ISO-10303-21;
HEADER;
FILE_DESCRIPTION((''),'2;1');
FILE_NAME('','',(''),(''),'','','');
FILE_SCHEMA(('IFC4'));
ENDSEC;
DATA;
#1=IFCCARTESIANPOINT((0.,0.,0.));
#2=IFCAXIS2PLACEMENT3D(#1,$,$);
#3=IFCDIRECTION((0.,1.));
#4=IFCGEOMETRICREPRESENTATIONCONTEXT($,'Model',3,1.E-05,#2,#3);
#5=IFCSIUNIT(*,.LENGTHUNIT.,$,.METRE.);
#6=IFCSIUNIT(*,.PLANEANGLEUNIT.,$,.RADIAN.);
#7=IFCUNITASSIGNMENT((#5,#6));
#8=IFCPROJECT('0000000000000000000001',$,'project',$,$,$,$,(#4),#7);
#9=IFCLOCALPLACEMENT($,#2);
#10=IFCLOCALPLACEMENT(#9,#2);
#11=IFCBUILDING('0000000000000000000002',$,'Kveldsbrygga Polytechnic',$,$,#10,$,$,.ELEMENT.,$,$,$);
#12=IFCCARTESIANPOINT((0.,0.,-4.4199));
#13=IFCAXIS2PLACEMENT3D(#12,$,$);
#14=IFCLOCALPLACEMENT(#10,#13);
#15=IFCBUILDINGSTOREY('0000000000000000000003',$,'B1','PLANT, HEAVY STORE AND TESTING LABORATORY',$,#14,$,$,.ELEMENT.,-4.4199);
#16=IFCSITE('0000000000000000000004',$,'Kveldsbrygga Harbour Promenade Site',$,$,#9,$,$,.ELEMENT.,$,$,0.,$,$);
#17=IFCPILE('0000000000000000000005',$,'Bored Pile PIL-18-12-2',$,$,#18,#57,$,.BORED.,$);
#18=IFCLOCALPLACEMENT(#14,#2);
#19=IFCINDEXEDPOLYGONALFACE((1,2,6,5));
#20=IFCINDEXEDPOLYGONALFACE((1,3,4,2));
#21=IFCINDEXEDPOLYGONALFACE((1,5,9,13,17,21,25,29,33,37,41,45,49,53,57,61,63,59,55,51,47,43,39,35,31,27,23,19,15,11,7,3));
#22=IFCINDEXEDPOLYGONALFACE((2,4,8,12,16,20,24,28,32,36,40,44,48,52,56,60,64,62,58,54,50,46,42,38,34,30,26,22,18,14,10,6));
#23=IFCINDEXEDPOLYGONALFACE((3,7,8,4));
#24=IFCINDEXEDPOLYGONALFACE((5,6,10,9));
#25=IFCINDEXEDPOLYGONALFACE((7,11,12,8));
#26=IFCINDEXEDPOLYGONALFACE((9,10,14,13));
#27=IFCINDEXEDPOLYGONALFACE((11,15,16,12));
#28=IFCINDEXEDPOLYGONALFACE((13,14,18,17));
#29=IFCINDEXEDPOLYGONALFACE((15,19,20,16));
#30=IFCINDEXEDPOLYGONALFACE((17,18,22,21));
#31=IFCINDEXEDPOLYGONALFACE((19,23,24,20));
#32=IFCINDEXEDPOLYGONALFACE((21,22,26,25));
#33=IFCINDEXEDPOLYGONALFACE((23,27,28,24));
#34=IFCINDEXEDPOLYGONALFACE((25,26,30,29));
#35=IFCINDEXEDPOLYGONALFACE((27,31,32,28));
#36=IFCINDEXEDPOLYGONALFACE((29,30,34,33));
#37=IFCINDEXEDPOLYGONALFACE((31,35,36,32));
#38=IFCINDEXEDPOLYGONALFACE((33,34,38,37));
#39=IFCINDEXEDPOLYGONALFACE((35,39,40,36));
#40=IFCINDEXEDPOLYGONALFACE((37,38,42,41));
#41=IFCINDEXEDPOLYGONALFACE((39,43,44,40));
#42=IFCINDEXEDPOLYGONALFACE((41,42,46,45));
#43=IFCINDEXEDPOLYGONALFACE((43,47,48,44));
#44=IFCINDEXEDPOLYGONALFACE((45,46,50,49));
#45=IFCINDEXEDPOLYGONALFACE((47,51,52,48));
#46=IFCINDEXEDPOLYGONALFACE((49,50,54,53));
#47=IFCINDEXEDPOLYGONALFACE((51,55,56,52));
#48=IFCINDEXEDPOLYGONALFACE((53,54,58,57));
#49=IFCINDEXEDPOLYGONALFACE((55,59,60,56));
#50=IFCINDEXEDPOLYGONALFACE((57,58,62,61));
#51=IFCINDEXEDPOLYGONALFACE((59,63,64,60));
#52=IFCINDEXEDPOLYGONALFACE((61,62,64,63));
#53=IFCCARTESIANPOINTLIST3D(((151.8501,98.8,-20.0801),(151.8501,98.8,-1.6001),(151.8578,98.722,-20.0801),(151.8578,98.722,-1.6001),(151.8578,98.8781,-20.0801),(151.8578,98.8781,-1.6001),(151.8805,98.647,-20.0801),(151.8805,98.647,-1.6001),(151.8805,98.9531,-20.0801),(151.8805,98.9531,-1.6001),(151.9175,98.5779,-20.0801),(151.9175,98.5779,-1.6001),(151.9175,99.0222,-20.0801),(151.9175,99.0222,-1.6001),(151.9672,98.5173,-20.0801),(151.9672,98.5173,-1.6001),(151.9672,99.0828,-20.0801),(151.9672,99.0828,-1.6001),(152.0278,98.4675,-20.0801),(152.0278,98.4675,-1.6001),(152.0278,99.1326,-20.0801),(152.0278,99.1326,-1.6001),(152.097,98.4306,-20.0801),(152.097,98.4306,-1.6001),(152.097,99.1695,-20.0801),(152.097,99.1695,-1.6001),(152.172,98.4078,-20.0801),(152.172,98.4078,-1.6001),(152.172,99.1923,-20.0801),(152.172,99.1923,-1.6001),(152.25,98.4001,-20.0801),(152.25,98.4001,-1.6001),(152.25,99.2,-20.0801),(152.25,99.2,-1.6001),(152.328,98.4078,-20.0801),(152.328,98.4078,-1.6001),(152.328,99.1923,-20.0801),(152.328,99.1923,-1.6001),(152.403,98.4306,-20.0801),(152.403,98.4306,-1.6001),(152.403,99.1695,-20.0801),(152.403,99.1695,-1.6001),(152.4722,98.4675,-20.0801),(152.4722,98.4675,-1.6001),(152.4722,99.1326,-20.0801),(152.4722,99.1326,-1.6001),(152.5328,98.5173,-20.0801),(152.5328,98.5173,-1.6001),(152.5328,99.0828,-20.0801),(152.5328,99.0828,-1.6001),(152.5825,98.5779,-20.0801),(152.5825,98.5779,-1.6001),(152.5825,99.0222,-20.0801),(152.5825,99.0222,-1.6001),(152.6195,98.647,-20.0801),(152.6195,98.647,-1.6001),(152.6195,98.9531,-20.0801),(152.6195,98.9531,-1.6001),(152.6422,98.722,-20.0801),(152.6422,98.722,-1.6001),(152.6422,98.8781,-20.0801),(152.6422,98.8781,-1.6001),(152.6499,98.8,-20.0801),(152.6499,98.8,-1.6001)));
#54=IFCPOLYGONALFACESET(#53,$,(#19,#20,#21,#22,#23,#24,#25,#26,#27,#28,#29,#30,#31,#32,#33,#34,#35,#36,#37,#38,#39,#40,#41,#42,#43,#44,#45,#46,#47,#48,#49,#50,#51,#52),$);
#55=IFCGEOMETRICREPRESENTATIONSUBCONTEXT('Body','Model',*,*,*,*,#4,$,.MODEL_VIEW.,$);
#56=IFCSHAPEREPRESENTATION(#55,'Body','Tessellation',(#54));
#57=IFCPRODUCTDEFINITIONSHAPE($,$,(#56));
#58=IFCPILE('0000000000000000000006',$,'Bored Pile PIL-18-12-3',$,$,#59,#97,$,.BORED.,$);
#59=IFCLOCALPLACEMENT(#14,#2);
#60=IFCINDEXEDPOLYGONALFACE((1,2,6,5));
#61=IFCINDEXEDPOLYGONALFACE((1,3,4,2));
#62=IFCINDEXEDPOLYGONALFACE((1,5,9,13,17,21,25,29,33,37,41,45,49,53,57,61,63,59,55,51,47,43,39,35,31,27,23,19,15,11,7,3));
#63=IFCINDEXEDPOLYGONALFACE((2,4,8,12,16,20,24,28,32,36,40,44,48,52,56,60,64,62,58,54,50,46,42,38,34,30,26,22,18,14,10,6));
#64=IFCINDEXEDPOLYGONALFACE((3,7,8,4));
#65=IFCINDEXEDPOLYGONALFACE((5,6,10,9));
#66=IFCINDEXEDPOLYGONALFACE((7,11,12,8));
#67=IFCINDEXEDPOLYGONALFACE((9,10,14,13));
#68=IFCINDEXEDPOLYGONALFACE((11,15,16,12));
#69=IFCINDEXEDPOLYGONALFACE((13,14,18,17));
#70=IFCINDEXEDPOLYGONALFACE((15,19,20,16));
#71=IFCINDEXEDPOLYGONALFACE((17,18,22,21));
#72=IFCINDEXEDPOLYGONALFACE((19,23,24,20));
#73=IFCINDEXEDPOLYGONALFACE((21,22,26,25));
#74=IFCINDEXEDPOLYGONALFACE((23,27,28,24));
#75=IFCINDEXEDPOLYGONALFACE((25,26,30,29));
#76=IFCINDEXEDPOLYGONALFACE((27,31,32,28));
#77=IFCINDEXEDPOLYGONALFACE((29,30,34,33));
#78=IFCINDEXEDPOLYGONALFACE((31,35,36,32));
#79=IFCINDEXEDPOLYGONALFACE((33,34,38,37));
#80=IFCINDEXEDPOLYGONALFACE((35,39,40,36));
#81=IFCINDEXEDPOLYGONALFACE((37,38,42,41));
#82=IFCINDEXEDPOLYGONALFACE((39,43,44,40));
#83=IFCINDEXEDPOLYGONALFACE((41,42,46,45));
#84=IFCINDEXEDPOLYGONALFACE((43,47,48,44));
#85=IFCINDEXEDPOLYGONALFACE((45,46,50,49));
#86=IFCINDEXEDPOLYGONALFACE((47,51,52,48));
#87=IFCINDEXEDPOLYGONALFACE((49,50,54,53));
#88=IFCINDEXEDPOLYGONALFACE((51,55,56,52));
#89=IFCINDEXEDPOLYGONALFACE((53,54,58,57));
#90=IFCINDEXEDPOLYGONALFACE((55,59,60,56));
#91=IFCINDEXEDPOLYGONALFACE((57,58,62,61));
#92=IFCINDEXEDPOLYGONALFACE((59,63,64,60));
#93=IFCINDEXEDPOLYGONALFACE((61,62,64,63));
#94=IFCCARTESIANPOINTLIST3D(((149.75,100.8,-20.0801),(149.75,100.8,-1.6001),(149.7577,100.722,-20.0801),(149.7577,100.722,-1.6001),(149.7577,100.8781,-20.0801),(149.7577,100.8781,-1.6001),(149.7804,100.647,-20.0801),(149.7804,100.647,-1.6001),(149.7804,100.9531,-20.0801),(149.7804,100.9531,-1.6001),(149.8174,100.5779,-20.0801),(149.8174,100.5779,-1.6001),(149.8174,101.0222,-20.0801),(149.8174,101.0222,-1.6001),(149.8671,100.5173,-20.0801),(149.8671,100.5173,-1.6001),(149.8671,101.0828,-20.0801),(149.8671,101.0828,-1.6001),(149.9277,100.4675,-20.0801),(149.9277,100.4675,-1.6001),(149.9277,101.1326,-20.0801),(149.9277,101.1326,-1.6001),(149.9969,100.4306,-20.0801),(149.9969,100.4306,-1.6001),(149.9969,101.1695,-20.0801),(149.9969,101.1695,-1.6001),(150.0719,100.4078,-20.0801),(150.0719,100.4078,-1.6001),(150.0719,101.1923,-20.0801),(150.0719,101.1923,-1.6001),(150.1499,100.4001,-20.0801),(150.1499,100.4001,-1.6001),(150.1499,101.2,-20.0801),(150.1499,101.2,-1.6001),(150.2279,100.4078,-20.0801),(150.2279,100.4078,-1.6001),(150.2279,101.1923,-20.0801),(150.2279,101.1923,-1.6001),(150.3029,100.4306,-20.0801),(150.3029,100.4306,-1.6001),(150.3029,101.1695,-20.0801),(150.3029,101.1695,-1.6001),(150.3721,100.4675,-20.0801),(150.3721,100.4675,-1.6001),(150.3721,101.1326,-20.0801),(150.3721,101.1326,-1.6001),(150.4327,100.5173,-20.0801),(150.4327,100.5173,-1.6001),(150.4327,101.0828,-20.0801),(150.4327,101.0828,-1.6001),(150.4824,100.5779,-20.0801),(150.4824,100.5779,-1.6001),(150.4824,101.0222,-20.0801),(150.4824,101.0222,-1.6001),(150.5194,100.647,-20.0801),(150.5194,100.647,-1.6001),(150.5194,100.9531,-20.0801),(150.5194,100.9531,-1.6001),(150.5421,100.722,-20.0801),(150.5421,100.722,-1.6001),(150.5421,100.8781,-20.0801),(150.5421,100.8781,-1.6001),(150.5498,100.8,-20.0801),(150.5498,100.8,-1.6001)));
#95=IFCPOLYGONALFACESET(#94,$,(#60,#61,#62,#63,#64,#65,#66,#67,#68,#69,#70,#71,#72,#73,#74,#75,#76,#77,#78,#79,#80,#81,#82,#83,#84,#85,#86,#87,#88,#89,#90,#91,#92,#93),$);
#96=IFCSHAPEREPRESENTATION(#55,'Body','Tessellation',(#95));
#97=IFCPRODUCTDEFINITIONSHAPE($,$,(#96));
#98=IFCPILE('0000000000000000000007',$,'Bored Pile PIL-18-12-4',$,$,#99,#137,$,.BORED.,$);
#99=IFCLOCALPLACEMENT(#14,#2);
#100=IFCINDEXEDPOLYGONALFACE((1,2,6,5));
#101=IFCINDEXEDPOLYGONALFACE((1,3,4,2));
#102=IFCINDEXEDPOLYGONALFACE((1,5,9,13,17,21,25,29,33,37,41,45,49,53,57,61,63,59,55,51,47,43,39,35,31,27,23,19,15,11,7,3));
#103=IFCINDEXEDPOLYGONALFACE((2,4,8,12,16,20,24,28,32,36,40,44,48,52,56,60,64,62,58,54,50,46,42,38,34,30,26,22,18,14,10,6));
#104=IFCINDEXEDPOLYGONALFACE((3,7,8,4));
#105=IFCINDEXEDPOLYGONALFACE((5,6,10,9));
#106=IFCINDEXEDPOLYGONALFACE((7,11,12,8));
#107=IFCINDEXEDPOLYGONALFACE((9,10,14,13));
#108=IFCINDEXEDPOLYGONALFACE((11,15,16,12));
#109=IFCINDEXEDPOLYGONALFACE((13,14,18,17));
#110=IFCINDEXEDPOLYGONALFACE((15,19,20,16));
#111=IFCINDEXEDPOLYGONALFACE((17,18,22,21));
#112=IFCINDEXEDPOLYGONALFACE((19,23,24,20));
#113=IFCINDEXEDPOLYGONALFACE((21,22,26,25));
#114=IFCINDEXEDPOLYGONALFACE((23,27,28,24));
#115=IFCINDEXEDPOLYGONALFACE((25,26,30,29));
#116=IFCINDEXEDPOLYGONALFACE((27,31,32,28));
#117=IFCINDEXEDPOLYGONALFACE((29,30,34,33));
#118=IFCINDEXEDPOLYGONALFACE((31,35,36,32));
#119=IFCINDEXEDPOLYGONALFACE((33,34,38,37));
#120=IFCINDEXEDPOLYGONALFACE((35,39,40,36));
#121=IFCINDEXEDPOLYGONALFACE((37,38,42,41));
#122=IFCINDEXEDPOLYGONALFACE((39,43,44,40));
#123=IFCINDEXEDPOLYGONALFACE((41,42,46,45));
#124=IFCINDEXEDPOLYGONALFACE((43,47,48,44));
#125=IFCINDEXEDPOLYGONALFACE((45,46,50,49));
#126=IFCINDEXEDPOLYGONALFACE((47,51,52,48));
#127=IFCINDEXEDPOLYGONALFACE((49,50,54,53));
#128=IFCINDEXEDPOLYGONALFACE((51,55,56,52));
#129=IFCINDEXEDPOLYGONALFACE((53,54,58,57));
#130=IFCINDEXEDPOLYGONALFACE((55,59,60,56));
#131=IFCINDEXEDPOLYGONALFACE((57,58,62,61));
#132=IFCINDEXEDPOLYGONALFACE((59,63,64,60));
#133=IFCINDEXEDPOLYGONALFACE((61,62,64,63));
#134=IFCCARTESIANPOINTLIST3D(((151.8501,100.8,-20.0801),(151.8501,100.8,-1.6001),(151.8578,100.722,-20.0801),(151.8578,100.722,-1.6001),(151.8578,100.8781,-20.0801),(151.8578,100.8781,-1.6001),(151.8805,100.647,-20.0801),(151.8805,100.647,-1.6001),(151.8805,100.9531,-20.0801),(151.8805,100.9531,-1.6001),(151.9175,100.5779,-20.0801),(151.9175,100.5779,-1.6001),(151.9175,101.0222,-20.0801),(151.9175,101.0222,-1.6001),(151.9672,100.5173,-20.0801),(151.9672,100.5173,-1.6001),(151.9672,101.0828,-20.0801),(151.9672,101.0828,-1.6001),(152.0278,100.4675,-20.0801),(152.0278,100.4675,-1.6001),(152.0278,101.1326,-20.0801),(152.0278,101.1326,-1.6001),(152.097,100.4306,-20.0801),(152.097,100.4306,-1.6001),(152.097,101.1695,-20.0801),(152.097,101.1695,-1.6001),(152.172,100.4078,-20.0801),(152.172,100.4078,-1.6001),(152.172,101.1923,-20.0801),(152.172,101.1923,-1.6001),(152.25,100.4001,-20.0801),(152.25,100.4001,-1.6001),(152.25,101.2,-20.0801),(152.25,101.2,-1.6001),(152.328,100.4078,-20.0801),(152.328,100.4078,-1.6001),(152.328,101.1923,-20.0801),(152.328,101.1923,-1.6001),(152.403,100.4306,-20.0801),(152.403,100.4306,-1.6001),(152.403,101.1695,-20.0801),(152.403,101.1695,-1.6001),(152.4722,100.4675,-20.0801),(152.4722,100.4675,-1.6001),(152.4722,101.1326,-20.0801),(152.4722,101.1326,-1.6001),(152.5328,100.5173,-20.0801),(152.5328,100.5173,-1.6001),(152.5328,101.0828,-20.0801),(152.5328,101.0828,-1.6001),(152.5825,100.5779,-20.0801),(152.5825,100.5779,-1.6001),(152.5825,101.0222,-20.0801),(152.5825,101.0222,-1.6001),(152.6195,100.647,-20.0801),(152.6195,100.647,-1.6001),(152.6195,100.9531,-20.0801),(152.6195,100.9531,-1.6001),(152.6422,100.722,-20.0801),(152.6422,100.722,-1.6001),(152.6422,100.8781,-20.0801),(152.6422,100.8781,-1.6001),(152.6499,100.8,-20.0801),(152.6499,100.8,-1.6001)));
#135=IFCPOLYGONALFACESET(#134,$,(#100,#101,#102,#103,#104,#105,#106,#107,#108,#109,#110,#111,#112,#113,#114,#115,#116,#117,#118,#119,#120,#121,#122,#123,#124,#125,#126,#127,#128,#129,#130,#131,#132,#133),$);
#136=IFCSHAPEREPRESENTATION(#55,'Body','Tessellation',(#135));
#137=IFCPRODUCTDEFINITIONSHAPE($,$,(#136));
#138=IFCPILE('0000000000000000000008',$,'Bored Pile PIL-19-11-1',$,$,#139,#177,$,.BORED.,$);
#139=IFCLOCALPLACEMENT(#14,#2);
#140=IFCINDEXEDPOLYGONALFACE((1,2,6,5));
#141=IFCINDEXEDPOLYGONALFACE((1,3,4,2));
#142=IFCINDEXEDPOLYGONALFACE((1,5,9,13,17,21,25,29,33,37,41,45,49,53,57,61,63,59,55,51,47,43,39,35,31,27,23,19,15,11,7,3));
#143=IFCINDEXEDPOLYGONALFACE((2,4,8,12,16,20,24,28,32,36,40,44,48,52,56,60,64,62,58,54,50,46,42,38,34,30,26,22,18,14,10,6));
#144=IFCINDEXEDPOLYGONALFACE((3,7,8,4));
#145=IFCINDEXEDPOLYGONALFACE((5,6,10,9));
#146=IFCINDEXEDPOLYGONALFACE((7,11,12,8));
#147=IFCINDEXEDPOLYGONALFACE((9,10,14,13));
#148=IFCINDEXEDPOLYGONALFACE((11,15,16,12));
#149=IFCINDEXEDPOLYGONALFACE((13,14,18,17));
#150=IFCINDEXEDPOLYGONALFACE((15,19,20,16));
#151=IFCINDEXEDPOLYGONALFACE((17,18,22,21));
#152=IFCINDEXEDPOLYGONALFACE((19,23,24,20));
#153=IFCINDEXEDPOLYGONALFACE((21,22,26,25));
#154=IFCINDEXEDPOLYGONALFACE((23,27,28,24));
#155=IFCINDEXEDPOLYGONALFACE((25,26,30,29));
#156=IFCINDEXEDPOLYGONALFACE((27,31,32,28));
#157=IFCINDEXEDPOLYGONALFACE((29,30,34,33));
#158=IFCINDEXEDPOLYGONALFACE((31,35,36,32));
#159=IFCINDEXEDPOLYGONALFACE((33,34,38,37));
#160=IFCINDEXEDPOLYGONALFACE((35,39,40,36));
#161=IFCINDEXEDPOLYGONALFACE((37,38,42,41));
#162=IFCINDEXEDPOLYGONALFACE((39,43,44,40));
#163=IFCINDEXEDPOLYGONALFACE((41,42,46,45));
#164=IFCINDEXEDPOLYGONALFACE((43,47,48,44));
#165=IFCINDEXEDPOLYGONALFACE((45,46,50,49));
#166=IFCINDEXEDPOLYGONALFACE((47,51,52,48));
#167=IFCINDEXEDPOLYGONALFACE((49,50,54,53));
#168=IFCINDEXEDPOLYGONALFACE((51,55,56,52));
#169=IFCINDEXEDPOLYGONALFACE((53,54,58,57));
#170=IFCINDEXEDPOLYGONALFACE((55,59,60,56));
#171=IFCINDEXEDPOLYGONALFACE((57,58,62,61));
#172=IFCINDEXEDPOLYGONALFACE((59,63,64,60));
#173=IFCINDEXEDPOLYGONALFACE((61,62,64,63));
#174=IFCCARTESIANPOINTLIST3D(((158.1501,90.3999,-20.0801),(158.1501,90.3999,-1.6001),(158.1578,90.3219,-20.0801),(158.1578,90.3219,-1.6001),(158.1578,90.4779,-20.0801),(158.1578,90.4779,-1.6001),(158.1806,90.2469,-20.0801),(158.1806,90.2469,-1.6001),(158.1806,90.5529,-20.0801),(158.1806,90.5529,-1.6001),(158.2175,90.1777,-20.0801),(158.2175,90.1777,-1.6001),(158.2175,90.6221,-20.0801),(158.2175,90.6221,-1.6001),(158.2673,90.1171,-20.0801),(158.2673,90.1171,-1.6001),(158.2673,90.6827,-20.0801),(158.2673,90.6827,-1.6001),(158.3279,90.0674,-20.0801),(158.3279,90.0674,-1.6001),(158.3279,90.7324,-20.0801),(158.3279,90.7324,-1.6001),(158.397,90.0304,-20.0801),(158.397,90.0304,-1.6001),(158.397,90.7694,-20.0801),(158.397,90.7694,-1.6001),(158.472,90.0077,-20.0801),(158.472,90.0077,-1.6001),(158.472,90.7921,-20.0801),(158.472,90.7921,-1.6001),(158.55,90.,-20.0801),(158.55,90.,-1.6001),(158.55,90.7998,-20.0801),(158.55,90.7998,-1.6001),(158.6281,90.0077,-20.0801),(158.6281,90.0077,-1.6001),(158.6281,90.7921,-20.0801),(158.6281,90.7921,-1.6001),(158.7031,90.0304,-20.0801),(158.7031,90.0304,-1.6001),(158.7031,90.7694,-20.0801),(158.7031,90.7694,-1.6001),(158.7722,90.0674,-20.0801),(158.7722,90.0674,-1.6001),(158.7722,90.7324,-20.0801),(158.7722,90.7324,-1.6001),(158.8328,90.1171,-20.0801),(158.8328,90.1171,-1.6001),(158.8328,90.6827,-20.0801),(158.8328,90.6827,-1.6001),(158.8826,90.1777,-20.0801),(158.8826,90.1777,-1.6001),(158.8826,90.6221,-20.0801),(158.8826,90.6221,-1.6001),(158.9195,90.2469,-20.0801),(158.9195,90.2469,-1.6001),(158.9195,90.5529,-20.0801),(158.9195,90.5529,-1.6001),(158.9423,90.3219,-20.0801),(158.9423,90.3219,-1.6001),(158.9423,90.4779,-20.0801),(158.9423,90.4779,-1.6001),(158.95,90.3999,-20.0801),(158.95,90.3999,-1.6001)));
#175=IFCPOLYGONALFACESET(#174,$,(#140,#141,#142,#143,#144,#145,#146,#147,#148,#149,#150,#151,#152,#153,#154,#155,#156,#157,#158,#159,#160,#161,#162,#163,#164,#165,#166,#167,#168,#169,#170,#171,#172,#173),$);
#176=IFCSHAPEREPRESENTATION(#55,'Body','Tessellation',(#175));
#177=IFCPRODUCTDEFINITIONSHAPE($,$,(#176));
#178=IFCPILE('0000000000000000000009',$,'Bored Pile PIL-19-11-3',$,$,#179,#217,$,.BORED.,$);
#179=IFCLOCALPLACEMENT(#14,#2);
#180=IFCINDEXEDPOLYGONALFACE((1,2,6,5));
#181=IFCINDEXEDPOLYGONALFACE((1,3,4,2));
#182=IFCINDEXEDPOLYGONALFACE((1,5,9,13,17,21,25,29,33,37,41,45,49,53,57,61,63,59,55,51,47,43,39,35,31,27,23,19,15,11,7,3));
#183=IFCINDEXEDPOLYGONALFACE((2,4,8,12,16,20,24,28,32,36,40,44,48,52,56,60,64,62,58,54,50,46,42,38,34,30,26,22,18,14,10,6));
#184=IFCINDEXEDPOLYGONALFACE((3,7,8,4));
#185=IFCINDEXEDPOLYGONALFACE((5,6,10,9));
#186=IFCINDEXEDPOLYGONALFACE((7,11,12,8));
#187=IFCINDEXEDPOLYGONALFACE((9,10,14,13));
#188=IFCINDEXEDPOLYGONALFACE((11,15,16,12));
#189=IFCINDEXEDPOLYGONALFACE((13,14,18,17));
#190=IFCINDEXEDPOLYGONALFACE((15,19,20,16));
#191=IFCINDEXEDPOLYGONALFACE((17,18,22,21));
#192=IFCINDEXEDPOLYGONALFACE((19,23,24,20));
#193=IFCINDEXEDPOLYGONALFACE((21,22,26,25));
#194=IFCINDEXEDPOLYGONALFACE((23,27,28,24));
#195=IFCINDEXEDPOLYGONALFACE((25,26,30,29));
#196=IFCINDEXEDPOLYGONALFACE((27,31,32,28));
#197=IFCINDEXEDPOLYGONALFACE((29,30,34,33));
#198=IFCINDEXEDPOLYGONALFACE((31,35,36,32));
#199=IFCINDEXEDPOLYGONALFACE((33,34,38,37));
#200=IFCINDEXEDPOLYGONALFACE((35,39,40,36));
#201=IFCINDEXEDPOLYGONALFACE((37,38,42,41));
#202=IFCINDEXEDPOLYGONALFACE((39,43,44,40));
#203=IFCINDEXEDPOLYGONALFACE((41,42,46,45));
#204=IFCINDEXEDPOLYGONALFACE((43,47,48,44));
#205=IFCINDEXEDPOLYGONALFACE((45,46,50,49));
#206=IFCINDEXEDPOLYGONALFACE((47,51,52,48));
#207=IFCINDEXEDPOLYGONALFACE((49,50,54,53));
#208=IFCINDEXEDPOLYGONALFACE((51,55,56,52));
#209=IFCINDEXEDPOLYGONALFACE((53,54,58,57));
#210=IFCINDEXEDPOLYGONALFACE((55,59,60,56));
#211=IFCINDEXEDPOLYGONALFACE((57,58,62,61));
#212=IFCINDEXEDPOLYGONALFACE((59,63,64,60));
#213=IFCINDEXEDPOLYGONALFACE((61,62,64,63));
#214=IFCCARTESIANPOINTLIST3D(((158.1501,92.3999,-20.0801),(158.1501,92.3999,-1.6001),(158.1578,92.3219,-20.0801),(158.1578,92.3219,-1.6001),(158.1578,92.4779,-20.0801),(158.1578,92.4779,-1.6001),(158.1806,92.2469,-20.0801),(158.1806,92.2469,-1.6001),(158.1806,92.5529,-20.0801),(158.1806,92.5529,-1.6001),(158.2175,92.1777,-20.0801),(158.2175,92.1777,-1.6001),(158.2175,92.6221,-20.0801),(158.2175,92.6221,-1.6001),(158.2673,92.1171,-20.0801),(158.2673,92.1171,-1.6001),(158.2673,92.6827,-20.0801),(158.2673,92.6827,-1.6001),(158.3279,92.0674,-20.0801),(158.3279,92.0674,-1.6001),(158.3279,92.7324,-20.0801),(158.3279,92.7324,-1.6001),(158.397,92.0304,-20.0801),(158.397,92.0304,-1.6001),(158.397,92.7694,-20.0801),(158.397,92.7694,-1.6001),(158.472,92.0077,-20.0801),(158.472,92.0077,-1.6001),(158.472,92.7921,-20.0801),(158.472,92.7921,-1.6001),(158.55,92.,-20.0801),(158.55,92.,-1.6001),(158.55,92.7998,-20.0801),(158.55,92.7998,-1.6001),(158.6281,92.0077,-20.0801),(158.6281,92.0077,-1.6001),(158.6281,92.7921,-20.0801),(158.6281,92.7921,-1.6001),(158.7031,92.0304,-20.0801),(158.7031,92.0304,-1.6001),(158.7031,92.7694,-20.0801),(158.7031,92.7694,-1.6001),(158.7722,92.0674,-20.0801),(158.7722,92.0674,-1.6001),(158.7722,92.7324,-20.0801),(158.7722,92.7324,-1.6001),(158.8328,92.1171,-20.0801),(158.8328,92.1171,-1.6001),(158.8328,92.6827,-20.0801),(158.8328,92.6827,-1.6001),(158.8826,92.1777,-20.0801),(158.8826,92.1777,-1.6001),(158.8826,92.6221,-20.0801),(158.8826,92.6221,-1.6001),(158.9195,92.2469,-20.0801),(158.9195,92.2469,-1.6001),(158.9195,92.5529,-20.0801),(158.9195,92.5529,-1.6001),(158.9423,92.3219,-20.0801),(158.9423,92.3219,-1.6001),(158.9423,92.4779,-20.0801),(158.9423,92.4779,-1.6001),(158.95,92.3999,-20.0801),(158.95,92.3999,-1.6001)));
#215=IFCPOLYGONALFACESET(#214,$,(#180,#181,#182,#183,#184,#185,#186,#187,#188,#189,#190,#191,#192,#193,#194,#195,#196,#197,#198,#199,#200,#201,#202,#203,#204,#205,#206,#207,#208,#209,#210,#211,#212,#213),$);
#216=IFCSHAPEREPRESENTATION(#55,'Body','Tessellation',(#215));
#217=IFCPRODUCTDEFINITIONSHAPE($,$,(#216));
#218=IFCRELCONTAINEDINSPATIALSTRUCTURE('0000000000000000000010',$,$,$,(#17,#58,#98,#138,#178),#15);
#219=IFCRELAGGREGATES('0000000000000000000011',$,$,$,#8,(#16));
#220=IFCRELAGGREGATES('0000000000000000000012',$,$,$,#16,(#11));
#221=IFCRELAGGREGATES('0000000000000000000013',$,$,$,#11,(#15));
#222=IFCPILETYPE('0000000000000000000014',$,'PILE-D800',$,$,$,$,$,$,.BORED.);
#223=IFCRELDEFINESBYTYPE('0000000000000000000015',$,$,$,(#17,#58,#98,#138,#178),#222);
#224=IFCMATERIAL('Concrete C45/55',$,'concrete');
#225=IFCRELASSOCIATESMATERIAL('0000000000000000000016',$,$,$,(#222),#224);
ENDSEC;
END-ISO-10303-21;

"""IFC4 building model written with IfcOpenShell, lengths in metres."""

from ifc_helpers import new_model, si_unit, direction, frame, origin, origin_2d, place, context, subcontext, project, spatial, circle, extrude, material, material_profile, profile_set, type_object, element, save


model = new_model("IFC4")

# Units and contexts
model_context = context("Model", 3, precision=1e-05, world=origin(), true_north=direction((0.0, 1.0)))
body_context = subcontext(model_context, "Body", "Model", "MODEL_VIEW")
ifc_project = project(units=[si_unit("LENGTHUNIT", "METRE"), si_unit("PLANEANGLEUNIT", "RADIAN")], contexts=[model_context])

# Site, building, storey
site_placement = place(None, origin())
site = spatial("IfcSite", under=ifc_project, at=site_placement, Name="Kveldsbrygga Harbour Promenade Site", CompositionType="ELEMENT", RefElevation=0.0)
building_placement = place(site_placement, origin())
building = spatial("IfcBuilding", under=site, at=building_placement, Name="Kveldsbrygga Polytechnic", CompositionType="ELEMENT")
storey_placement = place(building_placement, frame((0.0, 0.0, -4.4199)))
storey = spatial("IfcBuildingStorey", under=building, at=storey_placement, Name="B1", Description="PLANT, HEAVY STORE AND TESTING LABORATORY", CompositionType="ELEMENT", Elevation=-4.4199)

# Shared definitions
ifc_material_1 = material(Name="Concrete C45/55", Category="concrete")

# Piles
ifc_material_profile_1 = material_profile(ifc_material_1, circle(Radius=0.3999, at=origin_2d()), Name="PILE D800")
ifc_profile_set_1 = profile_set([ifc_material_profile_1], Name="Concrete C45/55")
pile_type = type_object("IfcPileType", Name="PILE-D800", PredefinedType="BORED", material=ifc_profile_set_1)
for number, where, z_axis, x_axis, name in (
    (1, (152.25, 98.8, -1.6001), (0.0, 0.0, -1.0), (1.0, 0.0, 0.0), "Bored Pile PIL-18-12-2"),
    (2, (150.1499, 100.8, -1.6001), (0.0, 0.0, -1.0), (1.0, 0.0, 0.0), "Bored Pile PIL-18-12-3"),
    (3, (152.25, 100.8, -1.6001), (0.0, 0.0, -1.0), (1.0, 0.0, 0.0), "Bored Pile PIL-18-12-4"),
    (4, (158.55, 90.3999, -1.6001), (0.0, 0.0, -1.0), (1.0, 0.0, 0.0), "Bored Pile PIL-19-11-1"),
    (5, (158.55, 92.3999, -1.6001), (0.0, 0.0, -1.0), (1.0, 0.0, 0.0), "Bored Pile PIL-19-11-3"),
):
    element("IfcPile", number, at=place(storey_placement, frame(where, z_axis=z_axis, x_axis=x_axis)), inside=storey, type_object=pile_type, Name=name, PredefinedType="BORED", context=body_context, shape_type="SweptSolid", body=[
        extrude(circle(Radius=0.3999, at=origin_2d()), origin(), (0.0, 0.0, 1.0), 18.48),
    ])

save(model, "model.ifc")
